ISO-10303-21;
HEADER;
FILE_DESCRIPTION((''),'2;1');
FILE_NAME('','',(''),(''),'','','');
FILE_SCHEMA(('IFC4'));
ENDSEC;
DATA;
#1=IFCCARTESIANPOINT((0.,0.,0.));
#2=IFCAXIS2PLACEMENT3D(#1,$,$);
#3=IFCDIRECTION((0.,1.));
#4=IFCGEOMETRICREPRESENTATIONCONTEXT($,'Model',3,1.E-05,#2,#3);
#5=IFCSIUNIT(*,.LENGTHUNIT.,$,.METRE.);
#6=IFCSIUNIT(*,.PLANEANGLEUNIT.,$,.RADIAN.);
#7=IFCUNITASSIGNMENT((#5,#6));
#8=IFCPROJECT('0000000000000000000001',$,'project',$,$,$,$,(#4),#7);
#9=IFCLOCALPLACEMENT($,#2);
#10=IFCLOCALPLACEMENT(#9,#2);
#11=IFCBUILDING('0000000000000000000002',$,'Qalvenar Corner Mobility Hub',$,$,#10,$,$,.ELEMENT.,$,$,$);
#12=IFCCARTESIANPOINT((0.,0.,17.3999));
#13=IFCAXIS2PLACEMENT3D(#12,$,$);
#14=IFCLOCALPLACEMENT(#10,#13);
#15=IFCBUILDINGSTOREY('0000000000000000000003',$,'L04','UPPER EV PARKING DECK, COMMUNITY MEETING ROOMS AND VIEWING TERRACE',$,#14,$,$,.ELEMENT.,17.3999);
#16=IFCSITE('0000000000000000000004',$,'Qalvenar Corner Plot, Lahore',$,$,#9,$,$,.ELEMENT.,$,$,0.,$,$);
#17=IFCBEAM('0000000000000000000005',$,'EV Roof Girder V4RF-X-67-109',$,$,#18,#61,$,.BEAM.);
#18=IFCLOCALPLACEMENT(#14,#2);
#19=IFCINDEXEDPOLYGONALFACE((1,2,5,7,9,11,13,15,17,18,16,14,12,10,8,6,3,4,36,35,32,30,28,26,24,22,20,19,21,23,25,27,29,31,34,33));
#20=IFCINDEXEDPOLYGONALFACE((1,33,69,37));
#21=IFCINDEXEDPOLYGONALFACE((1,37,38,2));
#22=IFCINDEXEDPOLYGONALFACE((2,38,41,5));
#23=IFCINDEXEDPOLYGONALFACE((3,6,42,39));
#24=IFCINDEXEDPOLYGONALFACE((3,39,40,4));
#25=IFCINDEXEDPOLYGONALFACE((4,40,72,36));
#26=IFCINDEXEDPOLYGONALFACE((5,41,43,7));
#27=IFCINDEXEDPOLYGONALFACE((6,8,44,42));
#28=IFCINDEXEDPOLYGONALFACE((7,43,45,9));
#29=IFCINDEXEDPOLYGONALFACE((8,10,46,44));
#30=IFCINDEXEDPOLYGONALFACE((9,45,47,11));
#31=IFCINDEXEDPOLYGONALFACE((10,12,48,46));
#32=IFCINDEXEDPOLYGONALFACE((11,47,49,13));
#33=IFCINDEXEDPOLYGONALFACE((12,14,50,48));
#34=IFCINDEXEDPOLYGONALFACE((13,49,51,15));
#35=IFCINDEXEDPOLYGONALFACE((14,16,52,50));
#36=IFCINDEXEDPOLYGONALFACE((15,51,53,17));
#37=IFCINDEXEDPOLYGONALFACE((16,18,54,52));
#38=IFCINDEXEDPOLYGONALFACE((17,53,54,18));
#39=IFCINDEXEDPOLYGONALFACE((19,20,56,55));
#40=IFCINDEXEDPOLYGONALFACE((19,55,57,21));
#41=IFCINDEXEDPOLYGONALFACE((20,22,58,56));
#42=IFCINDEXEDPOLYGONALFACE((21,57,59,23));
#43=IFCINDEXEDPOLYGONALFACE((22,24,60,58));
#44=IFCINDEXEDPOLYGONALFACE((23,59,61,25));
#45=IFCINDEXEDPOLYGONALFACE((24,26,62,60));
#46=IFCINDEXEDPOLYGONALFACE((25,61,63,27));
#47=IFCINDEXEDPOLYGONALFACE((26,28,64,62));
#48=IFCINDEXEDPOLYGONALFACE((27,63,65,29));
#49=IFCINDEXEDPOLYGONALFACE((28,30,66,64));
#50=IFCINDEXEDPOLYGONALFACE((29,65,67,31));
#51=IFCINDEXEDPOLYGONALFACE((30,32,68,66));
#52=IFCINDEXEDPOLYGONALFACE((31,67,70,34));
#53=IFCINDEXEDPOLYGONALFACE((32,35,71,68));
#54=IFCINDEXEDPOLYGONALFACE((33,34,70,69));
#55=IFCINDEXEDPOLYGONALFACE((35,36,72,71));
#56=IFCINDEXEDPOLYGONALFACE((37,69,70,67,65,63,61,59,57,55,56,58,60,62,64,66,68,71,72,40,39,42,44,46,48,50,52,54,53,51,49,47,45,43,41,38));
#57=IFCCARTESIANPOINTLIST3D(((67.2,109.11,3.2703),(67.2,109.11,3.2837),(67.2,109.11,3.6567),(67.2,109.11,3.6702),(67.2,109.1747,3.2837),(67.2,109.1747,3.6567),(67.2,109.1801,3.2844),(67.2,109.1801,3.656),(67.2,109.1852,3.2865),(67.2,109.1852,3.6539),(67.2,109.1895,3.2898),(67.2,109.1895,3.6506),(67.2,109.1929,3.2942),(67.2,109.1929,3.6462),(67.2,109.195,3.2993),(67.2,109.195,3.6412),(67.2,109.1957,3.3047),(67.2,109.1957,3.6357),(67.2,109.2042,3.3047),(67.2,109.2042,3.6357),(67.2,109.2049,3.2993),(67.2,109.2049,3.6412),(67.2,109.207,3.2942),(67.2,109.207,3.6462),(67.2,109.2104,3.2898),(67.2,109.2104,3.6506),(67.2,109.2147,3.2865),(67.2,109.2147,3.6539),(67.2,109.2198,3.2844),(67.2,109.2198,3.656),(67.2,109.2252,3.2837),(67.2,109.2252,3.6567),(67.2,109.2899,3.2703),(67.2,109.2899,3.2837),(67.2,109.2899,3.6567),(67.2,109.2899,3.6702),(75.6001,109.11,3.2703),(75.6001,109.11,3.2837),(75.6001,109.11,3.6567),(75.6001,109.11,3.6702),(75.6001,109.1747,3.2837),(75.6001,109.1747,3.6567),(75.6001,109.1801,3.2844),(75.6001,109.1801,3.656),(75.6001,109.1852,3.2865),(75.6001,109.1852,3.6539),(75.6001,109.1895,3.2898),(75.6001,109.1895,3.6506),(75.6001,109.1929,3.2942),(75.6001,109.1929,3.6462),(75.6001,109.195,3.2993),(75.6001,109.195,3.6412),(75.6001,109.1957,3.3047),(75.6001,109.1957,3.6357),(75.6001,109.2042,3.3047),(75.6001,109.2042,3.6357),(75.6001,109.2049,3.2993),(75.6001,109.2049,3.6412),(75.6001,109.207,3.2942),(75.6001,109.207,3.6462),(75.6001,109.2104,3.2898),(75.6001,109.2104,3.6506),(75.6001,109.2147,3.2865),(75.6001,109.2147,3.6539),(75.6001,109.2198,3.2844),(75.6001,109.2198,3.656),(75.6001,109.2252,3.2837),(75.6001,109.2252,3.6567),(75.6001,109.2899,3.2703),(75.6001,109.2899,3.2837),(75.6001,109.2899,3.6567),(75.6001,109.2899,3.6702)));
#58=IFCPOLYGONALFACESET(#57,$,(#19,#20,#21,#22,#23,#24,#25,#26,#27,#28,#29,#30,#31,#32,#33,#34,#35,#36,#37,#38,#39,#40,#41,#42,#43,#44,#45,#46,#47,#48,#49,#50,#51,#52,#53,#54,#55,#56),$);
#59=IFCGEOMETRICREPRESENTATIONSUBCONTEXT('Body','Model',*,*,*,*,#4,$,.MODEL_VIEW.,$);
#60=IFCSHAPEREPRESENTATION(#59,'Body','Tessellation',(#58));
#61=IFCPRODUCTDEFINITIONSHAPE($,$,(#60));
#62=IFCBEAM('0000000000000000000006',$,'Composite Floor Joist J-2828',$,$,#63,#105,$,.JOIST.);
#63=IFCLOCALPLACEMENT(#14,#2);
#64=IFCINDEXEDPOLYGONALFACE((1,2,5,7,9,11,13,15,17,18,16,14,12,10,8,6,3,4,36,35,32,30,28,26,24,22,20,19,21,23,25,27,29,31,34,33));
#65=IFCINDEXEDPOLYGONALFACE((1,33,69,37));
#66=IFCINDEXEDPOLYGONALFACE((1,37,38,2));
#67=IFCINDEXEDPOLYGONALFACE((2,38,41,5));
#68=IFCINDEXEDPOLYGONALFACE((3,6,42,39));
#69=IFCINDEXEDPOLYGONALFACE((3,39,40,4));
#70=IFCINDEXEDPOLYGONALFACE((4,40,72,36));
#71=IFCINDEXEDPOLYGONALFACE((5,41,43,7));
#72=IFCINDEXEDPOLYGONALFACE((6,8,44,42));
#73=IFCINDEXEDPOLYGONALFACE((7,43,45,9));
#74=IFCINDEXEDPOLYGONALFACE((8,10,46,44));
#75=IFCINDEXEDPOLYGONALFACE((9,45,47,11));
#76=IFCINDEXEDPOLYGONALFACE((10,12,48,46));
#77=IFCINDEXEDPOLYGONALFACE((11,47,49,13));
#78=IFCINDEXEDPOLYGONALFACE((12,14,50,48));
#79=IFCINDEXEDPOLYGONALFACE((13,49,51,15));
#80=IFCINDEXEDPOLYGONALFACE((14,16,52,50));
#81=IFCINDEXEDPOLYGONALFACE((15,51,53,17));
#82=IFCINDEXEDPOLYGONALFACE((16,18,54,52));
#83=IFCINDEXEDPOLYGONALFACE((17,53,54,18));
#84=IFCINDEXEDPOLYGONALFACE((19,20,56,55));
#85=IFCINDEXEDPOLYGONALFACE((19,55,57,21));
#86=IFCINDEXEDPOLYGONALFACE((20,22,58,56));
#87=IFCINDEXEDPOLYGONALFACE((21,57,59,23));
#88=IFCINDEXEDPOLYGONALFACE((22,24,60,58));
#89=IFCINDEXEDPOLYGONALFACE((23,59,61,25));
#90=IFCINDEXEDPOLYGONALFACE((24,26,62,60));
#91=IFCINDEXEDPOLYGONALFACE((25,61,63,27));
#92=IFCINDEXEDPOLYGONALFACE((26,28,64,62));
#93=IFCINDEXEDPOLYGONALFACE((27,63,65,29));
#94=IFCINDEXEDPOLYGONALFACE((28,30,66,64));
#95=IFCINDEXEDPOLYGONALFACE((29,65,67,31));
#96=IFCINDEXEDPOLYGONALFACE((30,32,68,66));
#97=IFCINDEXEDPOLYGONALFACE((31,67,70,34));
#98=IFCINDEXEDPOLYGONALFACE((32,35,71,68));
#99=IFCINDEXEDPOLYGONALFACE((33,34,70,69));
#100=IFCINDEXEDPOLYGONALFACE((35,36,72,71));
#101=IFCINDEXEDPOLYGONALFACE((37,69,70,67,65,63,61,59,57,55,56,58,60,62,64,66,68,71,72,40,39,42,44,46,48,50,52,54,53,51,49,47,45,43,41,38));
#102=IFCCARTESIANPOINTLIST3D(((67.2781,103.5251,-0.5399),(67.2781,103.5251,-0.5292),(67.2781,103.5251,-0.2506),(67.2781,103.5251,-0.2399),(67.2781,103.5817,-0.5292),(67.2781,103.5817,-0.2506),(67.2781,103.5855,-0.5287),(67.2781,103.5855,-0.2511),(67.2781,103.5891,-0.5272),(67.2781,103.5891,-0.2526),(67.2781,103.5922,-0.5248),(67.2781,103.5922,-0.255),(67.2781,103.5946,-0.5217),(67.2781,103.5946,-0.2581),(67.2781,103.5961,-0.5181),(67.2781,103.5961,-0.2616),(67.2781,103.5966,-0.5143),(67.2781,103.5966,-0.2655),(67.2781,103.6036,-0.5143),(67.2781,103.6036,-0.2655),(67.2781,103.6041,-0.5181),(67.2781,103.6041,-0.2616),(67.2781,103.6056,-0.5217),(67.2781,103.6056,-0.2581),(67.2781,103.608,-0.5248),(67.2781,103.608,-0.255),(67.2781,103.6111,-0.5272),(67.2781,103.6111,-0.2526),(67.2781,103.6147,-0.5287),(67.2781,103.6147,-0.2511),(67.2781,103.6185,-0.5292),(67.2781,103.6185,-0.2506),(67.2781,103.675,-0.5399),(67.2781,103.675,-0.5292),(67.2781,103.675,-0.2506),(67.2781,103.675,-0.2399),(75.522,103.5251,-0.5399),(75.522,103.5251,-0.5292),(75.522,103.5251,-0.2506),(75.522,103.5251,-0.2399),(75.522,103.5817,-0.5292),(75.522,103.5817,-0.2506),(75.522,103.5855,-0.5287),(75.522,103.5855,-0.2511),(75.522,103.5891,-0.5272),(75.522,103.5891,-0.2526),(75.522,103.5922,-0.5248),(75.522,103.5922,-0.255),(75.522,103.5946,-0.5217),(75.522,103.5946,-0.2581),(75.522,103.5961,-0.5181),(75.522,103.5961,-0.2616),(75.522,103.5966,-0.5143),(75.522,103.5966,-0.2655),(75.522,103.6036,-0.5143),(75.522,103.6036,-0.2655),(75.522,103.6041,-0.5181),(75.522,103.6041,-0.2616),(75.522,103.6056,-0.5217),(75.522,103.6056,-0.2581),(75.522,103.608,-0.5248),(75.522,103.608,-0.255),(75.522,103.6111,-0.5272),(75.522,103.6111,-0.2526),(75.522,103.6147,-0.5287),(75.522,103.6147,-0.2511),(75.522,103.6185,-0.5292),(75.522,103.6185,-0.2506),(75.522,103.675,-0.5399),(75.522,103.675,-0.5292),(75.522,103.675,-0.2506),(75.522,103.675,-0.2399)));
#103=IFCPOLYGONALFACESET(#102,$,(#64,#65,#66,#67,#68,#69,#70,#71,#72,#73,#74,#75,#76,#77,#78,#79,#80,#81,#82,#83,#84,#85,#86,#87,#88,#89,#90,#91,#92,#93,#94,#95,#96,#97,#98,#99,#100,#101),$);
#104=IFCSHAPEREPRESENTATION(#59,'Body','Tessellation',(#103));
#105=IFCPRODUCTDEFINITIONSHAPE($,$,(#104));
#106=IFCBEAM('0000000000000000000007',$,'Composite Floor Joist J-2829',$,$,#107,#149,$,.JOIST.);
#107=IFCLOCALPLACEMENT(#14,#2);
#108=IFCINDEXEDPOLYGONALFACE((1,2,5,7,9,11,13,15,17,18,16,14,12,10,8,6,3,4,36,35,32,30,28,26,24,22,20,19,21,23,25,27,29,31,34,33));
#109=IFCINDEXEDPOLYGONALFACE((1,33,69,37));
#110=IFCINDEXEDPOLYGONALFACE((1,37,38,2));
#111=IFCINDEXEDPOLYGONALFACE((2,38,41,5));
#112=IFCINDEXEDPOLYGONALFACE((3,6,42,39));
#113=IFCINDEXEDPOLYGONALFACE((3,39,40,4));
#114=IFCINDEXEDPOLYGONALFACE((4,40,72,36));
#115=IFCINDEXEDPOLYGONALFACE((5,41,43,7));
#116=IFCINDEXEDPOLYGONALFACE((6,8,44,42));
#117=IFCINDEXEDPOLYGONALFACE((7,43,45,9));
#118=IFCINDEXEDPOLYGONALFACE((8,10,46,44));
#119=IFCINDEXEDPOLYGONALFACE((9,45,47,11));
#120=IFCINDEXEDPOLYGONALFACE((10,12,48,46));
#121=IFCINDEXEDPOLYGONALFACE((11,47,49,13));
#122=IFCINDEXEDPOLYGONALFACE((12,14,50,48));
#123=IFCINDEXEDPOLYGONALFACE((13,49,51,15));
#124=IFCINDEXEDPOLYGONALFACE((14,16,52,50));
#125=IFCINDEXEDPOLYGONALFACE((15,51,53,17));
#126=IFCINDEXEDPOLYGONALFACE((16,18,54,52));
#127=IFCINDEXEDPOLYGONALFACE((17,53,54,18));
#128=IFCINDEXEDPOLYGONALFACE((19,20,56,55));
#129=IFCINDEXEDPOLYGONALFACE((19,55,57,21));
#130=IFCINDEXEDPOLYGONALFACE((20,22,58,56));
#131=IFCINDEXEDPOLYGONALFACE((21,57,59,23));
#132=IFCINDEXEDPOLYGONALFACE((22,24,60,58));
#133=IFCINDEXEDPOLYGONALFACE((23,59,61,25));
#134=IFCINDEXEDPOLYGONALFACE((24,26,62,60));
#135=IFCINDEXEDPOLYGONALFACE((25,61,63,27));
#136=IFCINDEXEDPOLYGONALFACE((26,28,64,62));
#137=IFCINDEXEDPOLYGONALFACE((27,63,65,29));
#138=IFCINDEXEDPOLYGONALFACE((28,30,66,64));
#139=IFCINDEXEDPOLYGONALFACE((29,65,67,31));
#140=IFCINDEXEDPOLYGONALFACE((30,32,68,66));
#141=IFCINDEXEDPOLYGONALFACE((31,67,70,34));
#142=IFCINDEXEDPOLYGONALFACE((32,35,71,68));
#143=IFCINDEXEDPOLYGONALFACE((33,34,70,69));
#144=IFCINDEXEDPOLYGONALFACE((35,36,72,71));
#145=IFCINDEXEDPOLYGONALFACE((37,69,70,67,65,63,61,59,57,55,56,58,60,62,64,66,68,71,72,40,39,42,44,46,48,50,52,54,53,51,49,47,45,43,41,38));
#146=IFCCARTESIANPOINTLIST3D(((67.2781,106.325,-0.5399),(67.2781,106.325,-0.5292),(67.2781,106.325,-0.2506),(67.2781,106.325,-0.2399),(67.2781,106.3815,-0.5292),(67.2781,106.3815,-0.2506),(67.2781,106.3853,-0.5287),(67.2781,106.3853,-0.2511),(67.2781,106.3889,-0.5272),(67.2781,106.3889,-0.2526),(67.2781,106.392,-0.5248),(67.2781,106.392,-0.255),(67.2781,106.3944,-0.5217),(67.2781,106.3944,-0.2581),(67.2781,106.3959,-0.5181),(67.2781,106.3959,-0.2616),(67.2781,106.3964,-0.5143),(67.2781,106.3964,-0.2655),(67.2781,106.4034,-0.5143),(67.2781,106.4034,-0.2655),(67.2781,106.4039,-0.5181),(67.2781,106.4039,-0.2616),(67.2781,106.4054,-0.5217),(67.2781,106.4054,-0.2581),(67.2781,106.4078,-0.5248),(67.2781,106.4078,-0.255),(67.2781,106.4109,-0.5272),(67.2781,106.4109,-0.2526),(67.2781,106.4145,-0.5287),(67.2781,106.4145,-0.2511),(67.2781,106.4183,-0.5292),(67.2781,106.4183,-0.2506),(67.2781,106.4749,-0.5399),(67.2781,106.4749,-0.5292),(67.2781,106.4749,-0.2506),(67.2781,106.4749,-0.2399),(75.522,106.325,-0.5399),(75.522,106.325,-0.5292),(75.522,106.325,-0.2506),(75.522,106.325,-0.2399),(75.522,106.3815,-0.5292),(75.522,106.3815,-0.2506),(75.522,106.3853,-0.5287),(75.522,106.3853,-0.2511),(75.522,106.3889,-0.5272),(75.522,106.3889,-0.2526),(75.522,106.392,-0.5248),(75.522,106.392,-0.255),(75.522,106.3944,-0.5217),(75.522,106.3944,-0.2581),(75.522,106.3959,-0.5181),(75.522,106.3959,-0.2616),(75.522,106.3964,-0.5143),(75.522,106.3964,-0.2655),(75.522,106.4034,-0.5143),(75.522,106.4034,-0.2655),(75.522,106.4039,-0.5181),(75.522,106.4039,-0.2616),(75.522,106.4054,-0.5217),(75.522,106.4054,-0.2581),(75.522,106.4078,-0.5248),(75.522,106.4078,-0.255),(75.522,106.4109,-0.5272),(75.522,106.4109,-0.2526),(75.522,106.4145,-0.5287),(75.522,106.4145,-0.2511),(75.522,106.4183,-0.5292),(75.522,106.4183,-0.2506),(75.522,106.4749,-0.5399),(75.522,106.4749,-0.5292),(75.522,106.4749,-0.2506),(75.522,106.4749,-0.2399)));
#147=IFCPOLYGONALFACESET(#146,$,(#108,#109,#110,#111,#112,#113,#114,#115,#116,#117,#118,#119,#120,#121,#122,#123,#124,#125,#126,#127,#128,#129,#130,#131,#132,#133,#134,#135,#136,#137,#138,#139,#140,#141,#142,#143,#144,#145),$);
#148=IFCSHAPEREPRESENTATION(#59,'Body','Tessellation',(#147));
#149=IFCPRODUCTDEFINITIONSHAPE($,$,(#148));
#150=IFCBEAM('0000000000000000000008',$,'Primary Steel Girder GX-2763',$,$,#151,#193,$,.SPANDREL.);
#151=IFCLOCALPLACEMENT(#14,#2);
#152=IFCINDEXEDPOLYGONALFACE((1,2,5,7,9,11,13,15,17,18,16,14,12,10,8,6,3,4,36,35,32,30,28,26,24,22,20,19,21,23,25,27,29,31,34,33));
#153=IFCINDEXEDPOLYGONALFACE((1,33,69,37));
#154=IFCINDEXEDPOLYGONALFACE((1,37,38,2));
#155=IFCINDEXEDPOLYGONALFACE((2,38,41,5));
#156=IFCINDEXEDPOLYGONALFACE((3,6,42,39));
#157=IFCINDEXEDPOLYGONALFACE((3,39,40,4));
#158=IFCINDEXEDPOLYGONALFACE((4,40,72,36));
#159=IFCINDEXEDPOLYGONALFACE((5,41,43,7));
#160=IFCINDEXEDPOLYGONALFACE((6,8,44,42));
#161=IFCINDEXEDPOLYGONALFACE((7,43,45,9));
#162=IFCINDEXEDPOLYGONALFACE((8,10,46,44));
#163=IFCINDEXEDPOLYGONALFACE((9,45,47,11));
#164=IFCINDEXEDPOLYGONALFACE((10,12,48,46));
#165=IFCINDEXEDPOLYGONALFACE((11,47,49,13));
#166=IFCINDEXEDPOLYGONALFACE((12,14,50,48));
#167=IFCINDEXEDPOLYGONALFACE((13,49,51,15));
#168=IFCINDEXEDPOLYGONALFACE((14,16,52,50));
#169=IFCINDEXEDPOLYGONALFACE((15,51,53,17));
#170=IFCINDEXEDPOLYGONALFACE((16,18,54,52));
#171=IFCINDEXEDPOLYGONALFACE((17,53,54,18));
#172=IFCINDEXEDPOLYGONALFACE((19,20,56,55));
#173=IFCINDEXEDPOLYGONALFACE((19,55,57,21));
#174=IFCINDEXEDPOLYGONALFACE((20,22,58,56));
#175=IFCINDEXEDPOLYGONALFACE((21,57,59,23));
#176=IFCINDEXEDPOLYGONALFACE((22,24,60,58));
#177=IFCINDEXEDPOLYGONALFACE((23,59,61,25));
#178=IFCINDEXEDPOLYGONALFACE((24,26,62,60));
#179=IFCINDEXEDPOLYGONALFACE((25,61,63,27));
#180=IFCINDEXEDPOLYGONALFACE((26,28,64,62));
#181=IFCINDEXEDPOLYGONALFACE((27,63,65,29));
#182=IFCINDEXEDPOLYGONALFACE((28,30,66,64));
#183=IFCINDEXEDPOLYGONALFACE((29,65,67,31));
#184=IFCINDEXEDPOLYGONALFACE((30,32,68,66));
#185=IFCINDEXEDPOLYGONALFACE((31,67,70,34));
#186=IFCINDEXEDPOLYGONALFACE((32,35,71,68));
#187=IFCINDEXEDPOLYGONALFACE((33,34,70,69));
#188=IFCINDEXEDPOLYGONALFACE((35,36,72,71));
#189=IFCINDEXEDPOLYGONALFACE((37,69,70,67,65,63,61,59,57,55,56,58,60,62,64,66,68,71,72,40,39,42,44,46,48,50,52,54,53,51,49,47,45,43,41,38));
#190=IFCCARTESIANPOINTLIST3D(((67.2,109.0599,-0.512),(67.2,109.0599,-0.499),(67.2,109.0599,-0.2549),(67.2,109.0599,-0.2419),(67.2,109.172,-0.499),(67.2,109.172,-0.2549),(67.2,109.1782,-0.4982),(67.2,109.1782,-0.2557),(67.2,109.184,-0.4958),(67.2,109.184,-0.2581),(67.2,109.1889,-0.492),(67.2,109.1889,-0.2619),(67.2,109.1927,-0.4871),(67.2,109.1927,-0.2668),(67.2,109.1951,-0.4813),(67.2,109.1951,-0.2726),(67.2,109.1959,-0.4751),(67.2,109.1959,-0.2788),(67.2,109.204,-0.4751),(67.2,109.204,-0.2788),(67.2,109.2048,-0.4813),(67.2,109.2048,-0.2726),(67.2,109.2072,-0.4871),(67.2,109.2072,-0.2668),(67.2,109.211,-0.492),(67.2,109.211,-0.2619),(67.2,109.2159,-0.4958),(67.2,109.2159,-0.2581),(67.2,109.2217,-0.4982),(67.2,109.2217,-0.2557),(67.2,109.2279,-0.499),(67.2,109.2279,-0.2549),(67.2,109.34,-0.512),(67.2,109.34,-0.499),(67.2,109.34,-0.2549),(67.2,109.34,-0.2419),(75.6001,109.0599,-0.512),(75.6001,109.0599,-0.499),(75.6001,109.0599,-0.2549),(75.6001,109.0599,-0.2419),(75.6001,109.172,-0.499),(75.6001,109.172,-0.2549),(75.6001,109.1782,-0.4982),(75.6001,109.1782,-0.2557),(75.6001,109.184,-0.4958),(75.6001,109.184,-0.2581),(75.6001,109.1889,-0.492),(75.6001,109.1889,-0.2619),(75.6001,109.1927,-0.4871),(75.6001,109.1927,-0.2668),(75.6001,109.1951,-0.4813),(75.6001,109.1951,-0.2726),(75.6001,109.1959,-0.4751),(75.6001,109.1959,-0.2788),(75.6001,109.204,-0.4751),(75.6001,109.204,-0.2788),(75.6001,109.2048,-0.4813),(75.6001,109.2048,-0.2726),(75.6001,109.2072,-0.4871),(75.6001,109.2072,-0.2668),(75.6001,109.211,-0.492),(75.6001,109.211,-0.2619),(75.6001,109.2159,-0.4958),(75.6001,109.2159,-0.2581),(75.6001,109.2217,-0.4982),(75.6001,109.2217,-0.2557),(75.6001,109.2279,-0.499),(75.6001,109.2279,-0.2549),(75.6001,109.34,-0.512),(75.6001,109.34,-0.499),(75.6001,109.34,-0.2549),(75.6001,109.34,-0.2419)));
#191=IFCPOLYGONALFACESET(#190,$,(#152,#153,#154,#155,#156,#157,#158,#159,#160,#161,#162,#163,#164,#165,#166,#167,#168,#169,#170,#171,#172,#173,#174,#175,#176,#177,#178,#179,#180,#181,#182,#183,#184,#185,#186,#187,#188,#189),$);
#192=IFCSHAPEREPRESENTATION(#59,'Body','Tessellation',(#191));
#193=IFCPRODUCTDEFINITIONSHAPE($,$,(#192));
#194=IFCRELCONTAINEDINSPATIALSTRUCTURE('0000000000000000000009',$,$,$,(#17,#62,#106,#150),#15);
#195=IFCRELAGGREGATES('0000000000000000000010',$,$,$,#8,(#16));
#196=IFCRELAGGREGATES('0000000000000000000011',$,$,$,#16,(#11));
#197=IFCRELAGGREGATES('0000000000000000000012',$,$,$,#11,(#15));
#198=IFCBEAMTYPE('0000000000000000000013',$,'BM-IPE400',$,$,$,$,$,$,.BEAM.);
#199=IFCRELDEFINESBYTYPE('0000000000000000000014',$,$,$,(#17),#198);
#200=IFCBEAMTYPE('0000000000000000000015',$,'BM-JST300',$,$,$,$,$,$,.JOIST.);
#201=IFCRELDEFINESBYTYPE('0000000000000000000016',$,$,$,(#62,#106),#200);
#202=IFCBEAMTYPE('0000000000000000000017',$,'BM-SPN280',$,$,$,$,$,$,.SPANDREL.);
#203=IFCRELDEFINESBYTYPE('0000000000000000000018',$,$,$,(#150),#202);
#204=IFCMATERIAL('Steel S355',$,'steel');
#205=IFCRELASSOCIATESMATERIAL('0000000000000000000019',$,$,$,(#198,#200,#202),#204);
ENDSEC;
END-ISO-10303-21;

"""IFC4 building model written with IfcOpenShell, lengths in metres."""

from ifc_helpers import new_model, si_unit, direction, frame, origin, origin_2d, place, context, subcontext, project, spatial, i_section, extrude, material, material_profile, profile_set, type_object, element, save


model = new_model("IFC4")

# Units and contexts
model_context = context("Model", 3, precision=1e-05, world=origin(), true_north=direction((0.0, 1.0)))
body_context = subcontext(model_context, "Body", "Model", "MODEL_VIEW")
ifc_project = project(units=[si_unit("LENGTHUNIT", "METRE"), si_unit("PLANEANGLEUNIT", "RADIAN")], contexts=[model_context])

# Site, building, storey
site_placement = place(None, origin())
site = spatial("IfcSite", under=ifc_project, at=site_placement, Name="Qalvenar Corner Plot, Lahore", CompositionType="ELEMENT", RefElevation=0.0)
building_placement = place(site_placement, origin())
building = spatial("IfcBuilding", under=site, at=building_placement, Name="Qalvenar Corner Mobility Hub", CompositionType="ELEMENT")
storey_placement = place(building_placement, frame((0.0, 0.0, 17.3999)))
storey = spatial("IfcBuildingStorey", under=building, at=storey_placement, Name="L04", Description="UPPER EV PARKING DECK, COMMUNITY MEETING ROOMS AND VIEWING TERRACE", CompositionType="ELEMENT", Elevation=17.3999)

# Beams
ifc_material_1 = material(Name="Steel S355", Category="steel")
ifc_material_profile_1 = material_profile(ifc_material_1, i_section(OverallWidth=0.1799, OverallDepth=0.3999, WebThickness=0.0085, FlangeThickness=0.0134, FilletRadius=0.021, at=origin_2d()), Name="IPE400")
ifc_profile_set_1 = profile_set([ifc_material_profile_1], Name="Steel S355")
beam_type_1 = type_object("IfcBeamType", Name="BM-IPE400", PredefinedType="BEAM", material=ifc_profile_set_1)
beam_1_placement = place(storey_placement, frame((67.2, 109.2, 3.4702), z_axis=(1.0, 0.0, 0.0), x_axis=(0.0, 1.0, 0.0)))
element("IfcBeam", 1, at=beam_1_placement, inside=storey, type_object=beam_type_1, Name="EV Roof Girder V4RF-X-67-109", PredefinedType="BEAM", context=body_context, shape_type="SweptSolid", body=[
    extrude(i_section(OverallWidth=0.1799, OverallDepth=0.3999, WebThickness=0.0085, FlangeThickness=0.0134, FilletRadius=0.021, at=origin_2d()), origin(), (0.0, 0.0, 1.0), 8.4001),
])
ifc_material_profile_2 = material_profile(ifc_material_1, i_section(OverallWidth=0.1499, OverallDepth=0.3, WebThickness=0.0071, FlangeThickness=0.0107, FilletRadius=0.0149, at=origin_2d()), Name="IPE300")
ifc_profile_set_2 = profile_set([ifc_material_profile_2], Name="Steel S355")
beam_type_2 = type_object("IfcBeamType", Name="BM-JST300", PredefinedType="JOIST", material=ifc_profile_set_2)
for number, where, z_axis, x_axis, name in (
    (2, (67.2781, 103.6001, -0.3899), (1.0, 0.0, 0.0), (0.0, 1.0, 0.0), "Composite Floor Joist J-2828"),
    (3, (67.2781, 106.3999, -0.3899), (1.0, 0.0, 0.0), (0.0, 1.0, 0.0), "Composite Floor Joist J-2829"),
):
    element("IfcBeam", number, at=place(storey_placement, frame(where, z_axis=z_axis, x_axis=x_axis)), inside=storey, type_object=beam_type_2, Name=name, PredefinedType="JOIST", context=body_context, shape_type="SweptSolid", body=[
        extrude(i_section(OverallWidth=0.1499, OverallDepth=0.3, WebThickness=0.0071, FlangeThickness=0.0107, FilletRadius=0.0149, at=origin_2d()), origin(), (0.0, 0.0, 1.0), 8.2439),
    ])
ifc_material_profile_3 = material_profile(ifc_material_1, i_section(OverallWidth=0.28, OverallDepth=0.27, WebThickness=0.0081, FlangeThickness=0.0129, FilletRadius=0.0239, at=origin_2d()), Name="HEA280")
ifc_profile_set_3 = profile_set([ifc_material_profile_3], Name="Steel S355")
beam_type_3 = type_object("IfcBeamType", Name="BM-SPN280", PredefinedType="SPANDREL", material=ifc_profile_set_3)
beam_2_placement = place(storey_placement, frame((67.2, 109.2, -0.377), z_axis=(1.0, 0.0, 0.0), x_axis=(0.0, 1.0, 0.0)))
element("IfcBeam", 4, at=beam_2_placement, inside=storey, type_object=beam_type_3, Name="Primary Steel Girder GX-2763", PredefinedType="SPANDREL", context=body_context, shape_type="SweptSolid", body=[
    extrude(i_section(OverallWidth=0.28, OverallDepth=0.27, WebThickness=0.0081, FlangeThickness=0.0129, FilletRadius=0.0239, at=origin_2d()), origin(), (0.0, 0.0, 1.0), 8.4001),
])

save(model, "model.ifc")
